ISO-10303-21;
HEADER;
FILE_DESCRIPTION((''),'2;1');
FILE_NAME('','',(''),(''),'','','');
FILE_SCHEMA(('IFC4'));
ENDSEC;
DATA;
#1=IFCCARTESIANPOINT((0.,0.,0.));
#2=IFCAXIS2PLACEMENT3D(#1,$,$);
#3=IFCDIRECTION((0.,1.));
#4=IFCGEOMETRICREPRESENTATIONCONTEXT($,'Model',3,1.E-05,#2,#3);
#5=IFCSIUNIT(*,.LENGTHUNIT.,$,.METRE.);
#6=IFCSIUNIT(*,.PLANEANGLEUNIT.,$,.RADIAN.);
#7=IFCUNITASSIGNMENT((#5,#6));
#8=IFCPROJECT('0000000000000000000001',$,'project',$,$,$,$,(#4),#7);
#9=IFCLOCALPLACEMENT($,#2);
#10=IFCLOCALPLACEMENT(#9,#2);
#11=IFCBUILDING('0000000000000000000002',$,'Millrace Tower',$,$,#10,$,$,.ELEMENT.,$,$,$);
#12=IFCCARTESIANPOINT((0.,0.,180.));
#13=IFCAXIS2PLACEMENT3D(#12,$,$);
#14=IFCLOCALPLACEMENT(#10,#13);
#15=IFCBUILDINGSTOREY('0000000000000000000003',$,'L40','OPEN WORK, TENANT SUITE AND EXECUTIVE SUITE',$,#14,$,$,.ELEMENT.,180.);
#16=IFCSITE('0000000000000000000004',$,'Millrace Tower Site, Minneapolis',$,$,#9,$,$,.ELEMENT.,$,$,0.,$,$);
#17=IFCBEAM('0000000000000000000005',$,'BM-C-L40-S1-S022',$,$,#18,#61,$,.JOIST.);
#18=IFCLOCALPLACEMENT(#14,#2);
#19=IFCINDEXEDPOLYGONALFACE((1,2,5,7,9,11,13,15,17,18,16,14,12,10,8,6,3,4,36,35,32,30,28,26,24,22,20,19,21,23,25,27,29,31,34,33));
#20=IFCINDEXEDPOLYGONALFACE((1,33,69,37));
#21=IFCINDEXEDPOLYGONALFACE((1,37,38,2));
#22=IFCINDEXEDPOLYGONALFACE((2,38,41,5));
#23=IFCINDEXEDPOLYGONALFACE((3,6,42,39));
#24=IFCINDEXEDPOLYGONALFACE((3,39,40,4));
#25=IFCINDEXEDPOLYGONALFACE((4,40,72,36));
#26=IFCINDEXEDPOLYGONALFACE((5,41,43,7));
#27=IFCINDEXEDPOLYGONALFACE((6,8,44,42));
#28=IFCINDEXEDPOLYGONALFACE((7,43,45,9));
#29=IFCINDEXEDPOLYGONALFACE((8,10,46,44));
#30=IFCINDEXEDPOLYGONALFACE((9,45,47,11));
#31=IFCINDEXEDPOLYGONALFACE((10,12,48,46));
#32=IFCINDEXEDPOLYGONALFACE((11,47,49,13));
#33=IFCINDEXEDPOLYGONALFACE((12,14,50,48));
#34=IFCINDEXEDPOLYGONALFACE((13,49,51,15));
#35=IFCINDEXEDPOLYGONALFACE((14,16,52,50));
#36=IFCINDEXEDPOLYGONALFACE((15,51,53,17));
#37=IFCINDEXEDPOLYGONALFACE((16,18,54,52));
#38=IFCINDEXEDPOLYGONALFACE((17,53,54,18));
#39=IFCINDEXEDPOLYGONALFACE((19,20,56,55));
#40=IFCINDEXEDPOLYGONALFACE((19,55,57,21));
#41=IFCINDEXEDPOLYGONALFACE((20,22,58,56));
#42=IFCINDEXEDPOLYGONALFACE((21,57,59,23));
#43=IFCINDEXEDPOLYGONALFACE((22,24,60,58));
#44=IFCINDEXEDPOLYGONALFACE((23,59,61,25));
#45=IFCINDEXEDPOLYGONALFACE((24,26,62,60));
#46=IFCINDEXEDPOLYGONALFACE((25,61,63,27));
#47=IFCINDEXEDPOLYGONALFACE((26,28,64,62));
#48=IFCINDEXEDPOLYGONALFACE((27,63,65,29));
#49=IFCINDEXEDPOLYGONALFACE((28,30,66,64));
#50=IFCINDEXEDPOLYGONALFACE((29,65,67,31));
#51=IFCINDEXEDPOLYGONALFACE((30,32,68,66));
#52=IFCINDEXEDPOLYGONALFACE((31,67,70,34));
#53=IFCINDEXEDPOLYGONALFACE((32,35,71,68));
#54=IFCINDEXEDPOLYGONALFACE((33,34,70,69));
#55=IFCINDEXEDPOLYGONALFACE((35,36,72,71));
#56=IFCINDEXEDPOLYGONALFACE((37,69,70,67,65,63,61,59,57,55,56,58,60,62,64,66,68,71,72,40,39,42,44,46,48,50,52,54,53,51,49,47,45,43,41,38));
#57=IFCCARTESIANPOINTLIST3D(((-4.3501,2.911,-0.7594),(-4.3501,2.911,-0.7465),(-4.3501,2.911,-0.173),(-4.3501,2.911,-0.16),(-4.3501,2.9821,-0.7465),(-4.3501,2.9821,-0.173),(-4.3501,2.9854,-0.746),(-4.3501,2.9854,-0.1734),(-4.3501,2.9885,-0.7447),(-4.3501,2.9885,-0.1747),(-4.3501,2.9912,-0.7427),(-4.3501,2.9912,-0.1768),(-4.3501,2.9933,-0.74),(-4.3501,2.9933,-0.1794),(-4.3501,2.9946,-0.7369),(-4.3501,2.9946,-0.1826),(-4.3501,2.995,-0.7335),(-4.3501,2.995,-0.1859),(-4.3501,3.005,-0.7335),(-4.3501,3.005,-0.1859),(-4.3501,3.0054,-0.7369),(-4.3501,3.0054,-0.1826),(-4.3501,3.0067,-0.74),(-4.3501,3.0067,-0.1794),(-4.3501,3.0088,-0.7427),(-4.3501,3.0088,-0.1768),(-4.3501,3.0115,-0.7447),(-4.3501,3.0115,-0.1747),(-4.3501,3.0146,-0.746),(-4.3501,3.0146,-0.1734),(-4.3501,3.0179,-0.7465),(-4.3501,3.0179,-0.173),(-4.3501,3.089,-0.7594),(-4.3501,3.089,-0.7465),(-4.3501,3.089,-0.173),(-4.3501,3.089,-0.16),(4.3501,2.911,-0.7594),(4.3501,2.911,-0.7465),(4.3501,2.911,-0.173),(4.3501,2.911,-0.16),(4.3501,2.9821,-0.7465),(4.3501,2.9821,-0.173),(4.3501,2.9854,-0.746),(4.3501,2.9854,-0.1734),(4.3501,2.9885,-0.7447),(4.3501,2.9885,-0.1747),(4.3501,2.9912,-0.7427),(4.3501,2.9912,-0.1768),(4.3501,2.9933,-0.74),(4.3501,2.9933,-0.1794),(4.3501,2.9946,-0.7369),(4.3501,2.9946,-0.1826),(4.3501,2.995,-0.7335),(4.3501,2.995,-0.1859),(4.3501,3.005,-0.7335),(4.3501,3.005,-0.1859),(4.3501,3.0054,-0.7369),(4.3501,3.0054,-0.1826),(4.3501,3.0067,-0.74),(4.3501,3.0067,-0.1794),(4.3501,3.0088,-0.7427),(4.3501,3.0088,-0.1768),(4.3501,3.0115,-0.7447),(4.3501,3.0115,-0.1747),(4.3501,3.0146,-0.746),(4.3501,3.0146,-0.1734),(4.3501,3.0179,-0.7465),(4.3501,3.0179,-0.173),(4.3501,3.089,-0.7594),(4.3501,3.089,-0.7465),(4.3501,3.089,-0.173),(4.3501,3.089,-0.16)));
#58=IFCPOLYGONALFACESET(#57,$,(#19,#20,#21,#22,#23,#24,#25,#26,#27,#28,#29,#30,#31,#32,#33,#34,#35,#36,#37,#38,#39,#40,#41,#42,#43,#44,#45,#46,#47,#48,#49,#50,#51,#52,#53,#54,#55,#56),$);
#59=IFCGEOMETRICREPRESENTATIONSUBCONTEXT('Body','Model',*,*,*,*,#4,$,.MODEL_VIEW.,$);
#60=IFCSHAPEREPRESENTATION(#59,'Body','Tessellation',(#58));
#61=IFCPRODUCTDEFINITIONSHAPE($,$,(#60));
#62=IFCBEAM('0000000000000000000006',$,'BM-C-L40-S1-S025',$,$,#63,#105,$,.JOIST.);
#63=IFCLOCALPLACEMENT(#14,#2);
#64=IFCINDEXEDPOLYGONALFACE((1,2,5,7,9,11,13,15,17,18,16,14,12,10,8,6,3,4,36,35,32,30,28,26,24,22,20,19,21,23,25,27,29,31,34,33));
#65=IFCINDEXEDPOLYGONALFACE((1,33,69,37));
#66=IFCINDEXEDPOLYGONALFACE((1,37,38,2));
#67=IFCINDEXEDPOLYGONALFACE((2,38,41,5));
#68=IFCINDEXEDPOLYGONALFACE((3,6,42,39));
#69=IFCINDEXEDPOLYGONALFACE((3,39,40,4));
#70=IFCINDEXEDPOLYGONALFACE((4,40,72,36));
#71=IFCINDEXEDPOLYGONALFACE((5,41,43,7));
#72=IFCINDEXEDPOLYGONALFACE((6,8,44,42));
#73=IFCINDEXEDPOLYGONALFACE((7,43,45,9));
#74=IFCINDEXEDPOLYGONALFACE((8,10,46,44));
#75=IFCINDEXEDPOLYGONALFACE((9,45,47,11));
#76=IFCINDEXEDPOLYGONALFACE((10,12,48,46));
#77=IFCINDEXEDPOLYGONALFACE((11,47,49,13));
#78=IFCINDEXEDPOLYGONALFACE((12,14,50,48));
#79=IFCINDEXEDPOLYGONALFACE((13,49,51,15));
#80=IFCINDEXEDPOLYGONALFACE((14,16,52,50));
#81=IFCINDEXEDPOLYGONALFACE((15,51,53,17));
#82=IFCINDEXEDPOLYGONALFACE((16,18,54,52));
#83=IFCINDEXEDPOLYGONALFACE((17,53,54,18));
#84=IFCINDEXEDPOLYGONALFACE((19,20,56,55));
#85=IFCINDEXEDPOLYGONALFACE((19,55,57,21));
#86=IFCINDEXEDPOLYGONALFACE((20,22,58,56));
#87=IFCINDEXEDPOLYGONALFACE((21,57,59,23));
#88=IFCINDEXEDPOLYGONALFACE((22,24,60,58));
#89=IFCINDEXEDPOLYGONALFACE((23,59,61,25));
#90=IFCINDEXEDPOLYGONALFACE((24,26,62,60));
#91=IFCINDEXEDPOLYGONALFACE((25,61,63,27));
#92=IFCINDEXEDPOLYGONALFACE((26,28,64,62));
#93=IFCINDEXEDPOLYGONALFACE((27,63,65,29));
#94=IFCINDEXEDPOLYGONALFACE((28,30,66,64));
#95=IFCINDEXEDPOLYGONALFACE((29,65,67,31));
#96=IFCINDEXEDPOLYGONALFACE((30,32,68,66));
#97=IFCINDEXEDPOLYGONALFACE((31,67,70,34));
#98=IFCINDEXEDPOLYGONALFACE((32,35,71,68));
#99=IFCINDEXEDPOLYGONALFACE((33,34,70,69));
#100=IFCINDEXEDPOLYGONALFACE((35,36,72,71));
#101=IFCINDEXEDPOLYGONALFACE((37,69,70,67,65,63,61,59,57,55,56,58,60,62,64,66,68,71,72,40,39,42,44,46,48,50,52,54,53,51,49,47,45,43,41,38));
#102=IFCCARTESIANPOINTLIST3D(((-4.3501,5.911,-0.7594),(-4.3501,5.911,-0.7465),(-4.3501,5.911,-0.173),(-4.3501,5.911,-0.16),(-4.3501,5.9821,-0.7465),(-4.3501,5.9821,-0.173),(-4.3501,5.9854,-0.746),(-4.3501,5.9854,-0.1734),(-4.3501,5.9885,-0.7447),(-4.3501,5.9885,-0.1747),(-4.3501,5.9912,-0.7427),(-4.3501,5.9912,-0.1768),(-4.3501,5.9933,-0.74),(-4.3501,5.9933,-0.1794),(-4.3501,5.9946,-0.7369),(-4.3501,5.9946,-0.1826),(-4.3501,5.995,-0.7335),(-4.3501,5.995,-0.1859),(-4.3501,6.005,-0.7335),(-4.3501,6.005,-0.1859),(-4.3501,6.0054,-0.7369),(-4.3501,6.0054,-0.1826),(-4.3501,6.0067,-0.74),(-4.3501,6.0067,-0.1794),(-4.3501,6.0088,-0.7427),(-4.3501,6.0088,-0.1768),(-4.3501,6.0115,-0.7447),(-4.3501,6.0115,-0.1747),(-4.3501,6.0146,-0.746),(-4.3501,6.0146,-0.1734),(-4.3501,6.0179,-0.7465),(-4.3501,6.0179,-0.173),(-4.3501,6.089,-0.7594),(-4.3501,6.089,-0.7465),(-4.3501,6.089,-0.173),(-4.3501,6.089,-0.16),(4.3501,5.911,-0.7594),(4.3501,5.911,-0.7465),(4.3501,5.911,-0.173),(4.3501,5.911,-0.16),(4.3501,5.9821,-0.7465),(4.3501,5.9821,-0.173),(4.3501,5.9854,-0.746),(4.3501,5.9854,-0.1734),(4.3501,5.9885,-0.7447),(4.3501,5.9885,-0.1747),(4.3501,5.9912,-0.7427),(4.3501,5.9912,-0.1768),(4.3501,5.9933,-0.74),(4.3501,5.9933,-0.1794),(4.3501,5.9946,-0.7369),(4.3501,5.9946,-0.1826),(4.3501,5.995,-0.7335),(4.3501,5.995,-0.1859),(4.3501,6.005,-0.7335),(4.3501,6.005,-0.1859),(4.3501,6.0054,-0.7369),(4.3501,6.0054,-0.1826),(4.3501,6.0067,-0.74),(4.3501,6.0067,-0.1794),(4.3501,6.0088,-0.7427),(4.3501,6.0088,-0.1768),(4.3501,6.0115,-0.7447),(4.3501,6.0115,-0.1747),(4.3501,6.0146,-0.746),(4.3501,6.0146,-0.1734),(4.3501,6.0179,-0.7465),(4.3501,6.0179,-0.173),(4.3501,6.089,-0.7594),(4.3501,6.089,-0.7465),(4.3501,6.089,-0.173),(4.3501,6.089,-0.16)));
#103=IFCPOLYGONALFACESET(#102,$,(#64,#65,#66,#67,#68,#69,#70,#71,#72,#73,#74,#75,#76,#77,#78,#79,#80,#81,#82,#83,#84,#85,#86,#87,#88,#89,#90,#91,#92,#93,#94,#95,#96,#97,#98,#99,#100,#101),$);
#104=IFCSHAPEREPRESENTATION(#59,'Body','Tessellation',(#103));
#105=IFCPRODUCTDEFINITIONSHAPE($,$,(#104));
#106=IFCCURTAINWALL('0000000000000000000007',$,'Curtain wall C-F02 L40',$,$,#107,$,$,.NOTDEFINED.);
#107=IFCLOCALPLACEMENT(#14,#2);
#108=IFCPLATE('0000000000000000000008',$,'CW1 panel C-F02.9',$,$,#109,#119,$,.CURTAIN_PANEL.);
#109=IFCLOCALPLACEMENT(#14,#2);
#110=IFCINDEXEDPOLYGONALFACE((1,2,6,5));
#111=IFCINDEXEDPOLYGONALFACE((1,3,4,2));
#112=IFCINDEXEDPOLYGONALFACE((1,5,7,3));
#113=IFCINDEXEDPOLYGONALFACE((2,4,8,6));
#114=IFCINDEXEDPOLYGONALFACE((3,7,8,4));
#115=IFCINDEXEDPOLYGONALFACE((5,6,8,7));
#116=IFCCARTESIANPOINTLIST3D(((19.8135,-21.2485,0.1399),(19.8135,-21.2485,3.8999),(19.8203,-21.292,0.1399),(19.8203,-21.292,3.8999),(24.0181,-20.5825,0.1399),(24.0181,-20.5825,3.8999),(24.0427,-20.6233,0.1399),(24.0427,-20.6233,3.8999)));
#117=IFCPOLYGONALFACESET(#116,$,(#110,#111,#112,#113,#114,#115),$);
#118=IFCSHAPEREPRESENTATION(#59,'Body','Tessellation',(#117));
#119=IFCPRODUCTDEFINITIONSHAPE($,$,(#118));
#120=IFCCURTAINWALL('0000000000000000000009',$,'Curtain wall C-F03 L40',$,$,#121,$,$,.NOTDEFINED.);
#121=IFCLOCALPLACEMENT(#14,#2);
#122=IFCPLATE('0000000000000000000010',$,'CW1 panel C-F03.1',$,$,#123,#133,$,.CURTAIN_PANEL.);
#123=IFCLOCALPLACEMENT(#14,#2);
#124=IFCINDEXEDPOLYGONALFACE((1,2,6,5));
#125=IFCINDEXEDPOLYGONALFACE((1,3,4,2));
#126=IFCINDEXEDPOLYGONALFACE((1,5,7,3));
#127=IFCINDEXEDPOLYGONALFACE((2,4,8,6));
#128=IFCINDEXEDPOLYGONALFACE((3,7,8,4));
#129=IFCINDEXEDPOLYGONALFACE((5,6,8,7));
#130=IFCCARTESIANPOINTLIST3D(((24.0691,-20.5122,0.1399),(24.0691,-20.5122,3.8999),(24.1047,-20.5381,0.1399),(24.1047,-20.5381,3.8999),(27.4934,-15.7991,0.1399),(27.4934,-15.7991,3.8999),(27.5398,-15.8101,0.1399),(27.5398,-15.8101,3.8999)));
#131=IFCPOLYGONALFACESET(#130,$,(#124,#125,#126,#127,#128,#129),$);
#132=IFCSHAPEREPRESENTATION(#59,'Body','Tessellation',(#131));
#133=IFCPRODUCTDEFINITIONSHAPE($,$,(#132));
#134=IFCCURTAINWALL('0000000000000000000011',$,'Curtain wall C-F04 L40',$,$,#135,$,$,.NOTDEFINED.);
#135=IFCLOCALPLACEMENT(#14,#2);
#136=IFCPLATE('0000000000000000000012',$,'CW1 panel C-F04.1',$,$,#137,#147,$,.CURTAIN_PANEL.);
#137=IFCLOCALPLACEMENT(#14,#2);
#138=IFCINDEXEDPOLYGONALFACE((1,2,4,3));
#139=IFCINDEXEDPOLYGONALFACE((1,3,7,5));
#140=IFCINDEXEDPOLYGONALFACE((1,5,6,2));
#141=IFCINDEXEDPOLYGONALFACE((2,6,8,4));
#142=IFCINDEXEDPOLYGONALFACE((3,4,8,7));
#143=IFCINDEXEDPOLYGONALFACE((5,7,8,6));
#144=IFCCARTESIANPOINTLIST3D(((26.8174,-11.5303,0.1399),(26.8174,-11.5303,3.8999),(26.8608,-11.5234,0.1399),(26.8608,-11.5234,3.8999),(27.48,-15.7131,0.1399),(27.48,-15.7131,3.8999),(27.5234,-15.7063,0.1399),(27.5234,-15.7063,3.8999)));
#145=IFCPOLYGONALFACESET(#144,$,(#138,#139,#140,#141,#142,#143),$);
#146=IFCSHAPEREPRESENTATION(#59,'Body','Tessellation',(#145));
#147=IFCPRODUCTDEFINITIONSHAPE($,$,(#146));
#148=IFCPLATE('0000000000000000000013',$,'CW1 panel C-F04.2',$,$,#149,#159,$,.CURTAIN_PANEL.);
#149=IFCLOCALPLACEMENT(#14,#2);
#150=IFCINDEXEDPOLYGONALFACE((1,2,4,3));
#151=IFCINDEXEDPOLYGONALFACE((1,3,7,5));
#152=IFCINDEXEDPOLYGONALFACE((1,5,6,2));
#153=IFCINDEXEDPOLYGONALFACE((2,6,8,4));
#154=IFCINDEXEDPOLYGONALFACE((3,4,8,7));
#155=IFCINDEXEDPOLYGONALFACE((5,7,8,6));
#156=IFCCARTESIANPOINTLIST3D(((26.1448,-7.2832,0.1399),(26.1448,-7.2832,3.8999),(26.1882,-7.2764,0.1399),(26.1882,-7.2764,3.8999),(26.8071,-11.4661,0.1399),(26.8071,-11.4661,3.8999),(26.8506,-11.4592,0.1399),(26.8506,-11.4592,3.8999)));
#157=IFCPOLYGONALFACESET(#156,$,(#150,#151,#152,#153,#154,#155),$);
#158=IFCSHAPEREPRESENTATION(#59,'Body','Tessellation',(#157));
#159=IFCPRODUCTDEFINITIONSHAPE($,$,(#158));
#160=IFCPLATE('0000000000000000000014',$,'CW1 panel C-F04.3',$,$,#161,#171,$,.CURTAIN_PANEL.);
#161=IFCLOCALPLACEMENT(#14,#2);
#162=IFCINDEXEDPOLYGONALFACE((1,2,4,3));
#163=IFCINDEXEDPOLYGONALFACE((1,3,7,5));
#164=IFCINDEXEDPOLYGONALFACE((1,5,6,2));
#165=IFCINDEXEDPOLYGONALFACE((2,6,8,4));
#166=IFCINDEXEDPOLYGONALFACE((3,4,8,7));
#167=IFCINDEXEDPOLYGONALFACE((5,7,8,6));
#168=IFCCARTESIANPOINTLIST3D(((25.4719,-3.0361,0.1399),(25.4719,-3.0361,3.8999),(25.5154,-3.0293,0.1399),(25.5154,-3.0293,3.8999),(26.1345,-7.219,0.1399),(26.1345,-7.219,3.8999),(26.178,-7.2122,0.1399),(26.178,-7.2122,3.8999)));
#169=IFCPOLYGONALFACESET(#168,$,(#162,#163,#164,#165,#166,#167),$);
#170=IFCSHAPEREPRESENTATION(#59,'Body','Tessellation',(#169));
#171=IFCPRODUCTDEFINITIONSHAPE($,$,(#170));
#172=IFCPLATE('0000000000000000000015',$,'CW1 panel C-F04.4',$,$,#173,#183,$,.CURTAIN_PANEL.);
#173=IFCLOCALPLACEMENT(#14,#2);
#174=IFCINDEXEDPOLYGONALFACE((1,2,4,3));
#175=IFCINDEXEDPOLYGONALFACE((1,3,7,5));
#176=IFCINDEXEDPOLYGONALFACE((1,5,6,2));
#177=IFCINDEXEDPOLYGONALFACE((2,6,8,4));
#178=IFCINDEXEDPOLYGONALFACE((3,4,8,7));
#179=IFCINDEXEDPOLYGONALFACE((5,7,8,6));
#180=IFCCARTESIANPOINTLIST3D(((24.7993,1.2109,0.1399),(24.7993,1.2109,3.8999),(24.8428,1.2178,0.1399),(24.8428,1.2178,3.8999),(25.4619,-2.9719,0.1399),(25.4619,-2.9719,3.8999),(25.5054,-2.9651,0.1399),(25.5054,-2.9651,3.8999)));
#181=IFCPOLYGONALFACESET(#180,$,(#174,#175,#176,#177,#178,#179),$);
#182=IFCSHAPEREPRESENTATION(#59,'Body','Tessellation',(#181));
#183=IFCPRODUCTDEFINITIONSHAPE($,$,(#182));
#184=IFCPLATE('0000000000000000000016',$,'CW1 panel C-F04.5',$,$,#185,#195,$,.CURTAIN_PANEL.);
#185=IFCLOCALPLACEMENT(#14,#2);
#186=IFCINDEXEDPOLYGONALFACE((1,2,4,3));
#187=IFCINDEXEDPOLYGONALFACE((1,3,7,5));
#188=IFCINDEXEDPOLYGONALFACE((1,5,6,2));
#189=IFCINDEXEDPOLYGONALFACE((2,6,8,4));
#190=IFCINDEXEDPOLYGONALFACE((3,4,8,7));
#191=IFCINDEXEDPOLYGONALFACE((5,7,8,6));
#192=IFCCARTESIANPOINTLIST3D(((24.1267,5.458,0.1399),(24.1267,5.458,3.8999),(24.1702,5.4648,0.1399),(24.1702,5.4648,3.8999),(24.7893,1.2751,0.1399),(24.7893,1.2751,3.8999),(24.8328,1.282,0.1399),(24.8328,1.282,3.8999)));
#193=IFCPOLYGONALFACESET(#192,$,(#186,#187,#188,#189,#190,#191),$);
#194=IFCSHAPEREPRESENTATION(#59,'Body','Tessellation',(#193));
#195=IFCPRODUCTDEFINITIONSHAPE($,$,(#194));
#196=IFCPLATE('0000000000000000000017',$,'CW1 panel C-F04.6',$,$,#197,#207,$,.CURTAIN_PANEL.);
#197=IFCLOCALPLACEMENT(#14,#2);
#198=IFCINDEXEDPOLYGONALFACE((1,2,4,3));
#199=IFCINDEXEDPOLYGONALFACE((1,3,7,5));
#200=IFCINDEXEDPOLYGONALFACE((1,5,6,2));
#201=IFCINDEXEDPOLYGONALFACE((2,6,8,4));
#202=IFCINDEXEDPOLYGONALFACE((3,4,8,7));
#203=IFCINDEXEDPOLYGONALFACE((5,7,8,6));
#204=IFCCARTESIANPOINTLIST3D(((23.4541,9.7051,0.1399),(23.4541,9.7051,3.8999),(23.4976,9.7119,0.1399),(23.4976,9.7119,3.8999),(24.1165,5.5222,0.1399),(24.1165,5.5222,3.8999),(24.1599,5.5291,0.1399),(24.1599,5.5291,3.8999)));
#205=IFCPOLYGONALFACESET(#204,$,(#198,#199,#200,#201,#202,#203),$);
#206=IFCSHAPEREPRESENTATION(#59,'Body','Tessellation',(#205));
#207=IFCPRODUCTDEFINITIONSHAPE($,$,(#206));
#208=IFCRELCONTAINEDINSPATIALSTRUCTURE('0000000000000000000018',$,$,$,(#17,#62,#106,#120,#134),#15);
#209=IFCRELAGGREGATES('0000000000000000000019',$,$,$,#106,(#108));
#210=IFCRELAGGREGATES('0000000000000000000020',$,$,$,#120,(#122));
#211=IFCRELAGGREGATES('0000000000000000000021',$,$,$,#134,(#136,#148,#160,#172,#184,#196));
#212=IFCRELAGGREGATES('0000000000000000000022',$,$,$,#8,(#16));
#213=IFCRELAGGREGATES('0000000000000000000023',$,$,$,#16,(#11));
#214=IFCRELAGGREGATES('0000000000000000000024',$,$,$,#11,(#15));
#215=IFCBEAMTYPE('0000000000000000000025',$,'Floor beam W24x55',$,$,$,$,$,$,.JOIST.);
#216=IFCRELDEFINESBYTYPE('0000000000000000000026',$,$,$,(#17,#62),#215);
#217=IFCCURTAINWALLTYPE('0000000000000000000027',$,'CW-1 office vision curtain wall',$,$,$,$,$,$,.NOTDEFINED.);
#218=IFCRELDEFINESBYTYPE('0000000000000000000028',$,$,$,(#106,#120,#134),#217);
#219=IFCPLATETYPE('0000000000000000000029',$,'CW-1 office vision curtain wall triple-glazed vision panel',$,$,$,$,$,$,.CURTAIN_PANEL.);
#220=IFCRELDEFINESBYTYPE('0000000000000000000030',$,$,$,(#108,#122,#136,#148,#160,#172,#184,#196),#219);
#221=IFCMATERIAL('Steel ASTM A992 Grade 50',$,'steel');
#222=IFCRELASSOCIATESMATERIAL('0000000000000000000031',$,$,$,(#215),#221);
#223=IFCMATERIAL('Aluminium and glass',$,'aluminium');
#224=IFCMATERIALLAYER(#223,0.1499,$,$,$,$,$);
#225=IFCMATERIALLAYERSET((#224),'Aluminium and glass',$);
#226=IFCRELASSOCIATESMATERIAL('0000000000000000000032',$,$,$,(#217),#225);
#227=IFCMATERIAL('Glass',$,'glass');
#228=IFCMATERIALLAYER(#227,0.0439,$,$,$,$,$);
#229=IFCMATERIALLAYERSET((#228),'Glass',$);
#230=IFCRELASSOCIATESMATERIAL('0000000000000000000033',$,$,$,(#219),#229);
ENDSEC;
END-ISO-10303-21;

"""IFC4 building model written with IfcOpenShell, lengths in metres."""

from ifc_helpers import new_model, si_unit, direction, frame, origin, origin_2d, place, context, subcontext, project, spatial, polyline, i_section, outline, extrude, material, layer, layer_set, material_profile, profile_set, type_object, element, aggregate, save


model = new_model("IFC4")

# Units and contexts
model_context = context("Model", 3, precision=1e-05, world=origin(), true_north=direction((0.0, 1.0)))
body_context = subcontext(model_context, "Body", "Model", "MODEL_VIEW")
ifc_project = project(units=[si_unit("LENGTHUNIT", "METRE"), si_unit("PLANEANGLEUNIT", "RADIAN")], contexts=[model_context])

# Site, building, storey
site_placement = place(None, origin())
site = spatial("IfcSite", under=ifc_project, at=site_placement, Name="Millrace Tower Site, Minneapolis", CompositionType="ELEMENT", RefElevation=0.0)
building_placement = place(site_placement, origin())
building = spatial("IfcBuilding", under=site, at=building_placement, Name="Millrace Tower", CompositionType="ELEMENT")
storey_placement = place(building_placement, frame((0.0, 0.0, 180.0)))
storey = spatial("IfcBuildingStorey", under=building, at=storey_placement, Name="L40", Description="OPEN WORK, TENANT SUITE AND EXECUTIVE SUITE", CompositionType="ELEMENT", Elevation=180.0)

# Beams
ifc_material_1 = material(Name="Steel ASTM A992 Grade 50", Category="steel")
ifc_material_profile = material_profile(ifc_material_1, i_section(OverallWidth=0.178, OverallDepth=0.5994, WebThickness=0.01, FlangeThickness=0.0129, FilletRadius=0.0129, at=origin_2d()))
ifc_profile_set = profile_set([ifc_material_profile], Name="Steel ASTM A992 Grade 50")
beam_type = type_object("IfcBeamType", Name="Floor beam W24x55", PredefinedType="JOIST", material=ifc_profile_set)
for number, where, z_axis, x_axis, name in (
    (1, (-4.3501, 3.0, -0.4597), (1.0, 0.0, 0.0), (0.0, 1.0, 0.0), "BM-C-L40-S1-S022"),
    (2, (-4.3501, 6.0, -0.4597), (1.0, 0.0, 0.0), (0.0, 1.0, 0.0), "BM-C-L40-S1-S025"),
):
    element("IfcBeam", number, at=place(storey_placement, frame(where, z_axis=z_axis, x_axis=x_axis)), inside=storey, type_object=beam_type, Name=name, PredefinedType="JOIST", context=body_context, shape_type="SweptSolid", body=[
        extrude(i_section(OverallWidth=0.178, OverallDepth=0.5994, WebThickness=0.01, FlangeThickness=0.0129, FilletRadius=0.0129, at=origin_2d()), origin(), (0.0, 0.0, 1.0), 8.7002),
    ])

# Curtain walls, plates
ifc_material_2 = material(Name="Aluminium and glass", Category="aluminium")
ifc_layer_1 = layer(ifc_material_2, 0.1499)
ifc_layer_set_1 = layer_set([ifc_layer_1], Name="Aluminium and glass")
curtain_wall_type = type_object("IfcCurtainWallType", Name="CW-1 office vision curtain wall", PredefinedType="NOTDEFINED", material=ifc_layer_set_1)
placement_1 = place(storey_placement, origin())
curtain_wall_1 = element("IfcCurtainWall", 3, at=placement_1, inside=storey, type_object=curtain_wall_type, Name="Curtain wall C-F02 L40", PredefinedType="NOTDEFINED")
ifc_material_3 = material(Name="Glass", Category="glass")
ifc_layer_2 = layer(ifc_material_3, 0.0439)
ifc_layer_set_2 = layer_set([ifc_layer_2], Name="Glass")
plate_type = type_object("IfcPlateType", Name="CW-1 office vision curtain wall triple-glazed vision panel", PredefinedType="CURTAIN_PANEL", material=ifc_layer_set_2)
placement_2 = place(storey_placement, frame((0.0, 0.0, 0.1399)))
plate_1 = element("IfcPlate", 4, at=placement_2, type_object=plate_type, Name="CW1 panel C-F02.9", PredefinedType="CURTAIN_PANEL", context=body_context, shape_type="SweptSolid", body=[
    extrude(outline(polyline([(19.8203, -21.292), (24.0427, -20.6233), (24.0181, -20.5825), (19.8135, -21.2485), (19.8203, -21.292)])), origin(), (0.0, 0.0, 1.0), 3.76),
])
aggregate(curtain_wall_1, [plate_1])
curtain_wall_2 = element("IfcCurtainWall", 5, at=placement_1, inside=storey, type_object=curtain_wall_type, Name="Curtain wall C-F03 L40", PredefinedType="NOTDEFINED")
plate_2 = element("IfcPlate", 6, at=placement_2, type_object=plate_type, Name="CW1 panel C-F03.1", PredefinedType="CURTAIN_PANEL", context=body_context, shape_type="SweptSolid", body=[
    extrude(outline(polyline([(24.1047, -20.5381), (27.5398, -15.8101), (27.4934, -15.7991), (24.0691, -20.5122), (24.1047, -20.5381)])), origin(), (0.0, 0.0, 1.0), 3.76),
])
aggregate(curtain_wall_2, [plate_2])

# Curtain wall, plates
curtain_wall_3 = element("IfcCurtainWall", 7, at=placement_1, inside=storey, type_object=curtain_wall_type, Name="Curtain wall C-F04 L40", PredefinedType="NOTDEFINED")
plate_3 = element("IfcPlate", 8, at=placement_2, type_object=plate_type, Name="CW1 panel C-F04.1", PredefinedType="CURTAIN_PANEL", context=body_context, shape_type="SweptSolid", body=[
    extrude(outline(polyline([(27.5234, -15.7063), (26.8608, -11.5234), (26.8174, -11.5303), (27.48, -15.7131), (27.5234, -15.7063)])), origin(), (0.0, 0.0, 1.0), 3.76),
])
plate_4 = element("IfcPlate", 9, at=placement_2, type_object=plate_type, Name="CW1 panel C-F04.2", PredefinedType="CURTAIN_PANEL", context=body_context, shape_type="SweptSolid", body=[
    extrude(outline(polyline([(26.8506, -11.4592), (26.1882, -7.2764), (26.1448, -7.2832), (26.8071, -11.4661), (26.8506, -11.4592)])), origin(), (0.0, 0.0, 1.0), 3.76),
])
plate_5 = element("IfcPlate", 10, at=placement_2, type_object=plate_type, Name="CW1 panel C-F04.3", PredefinedType="CURTAIN_PANEL", context=body_context, shape_type="SweptSolid", body=[
    extrude(outline(polyline([(26.178, -7.2122), (25.5154, -3.0293), (25.4719, -3.0361), (26.1345, -7.219), (26.178, -7.2122)])), origin(), (0.0, 0.0, 1.0), 3.76),
])
plate_6 = element("IfcPlate", 11, at=placement_2, type_object=plate_type, Name="CW1 panel C-F04.4", PredefinedType="CURTAIN_PANEL", context=body_context, shape_type="SweptSolid", body=[
    extrude(outline(polyline([(25.5054, -2.9651), (24.8428, 1.2178), (24.7993, 1.2109), (25.4619, -2.9719), (25.5054, -2.9651)])), origin(), (0.0, 0.0, 1.0), 3.76),
])
plate_7 = element("IfcPlate", 12, at=placement_2, type_object=plate_type, Name="CW1 panel C-F04.5", PredefinedType="CURTAIN_PANEL", context=body_context, shape_type="SweptSolid", body=[
    extrude(outline(polyline([(24.8328, 1.282), (24.1702, 5.4648), (24.1267, 5.458), (24.7893, 1.2751), (24.8328, 1.282)])), origin(), (0.0, 0.0, 1.0), 3.76),
])
plate_8 = element("IfcPlate", 13, at=placement_2, type_object=plate_type, Name="CW1 panel C-F04.6", PredefinedType="CURTAIN_PANEL", context=body_context, shape_type="SweptSolid", body=[
    extrude(outline(polyline([(24.1599, 5.5291), (23.4976, 9.7119), (23.4541, 9.7051), (24.1165, 5.5222), (24.1599, 5.5291)])), origin(), (0.0, 0.0, 1.0), 3.76),
])
aggregate(curtain_wall_3, [plate_3, plate_4, plate_5, plate_6, plate_7, plate_8])

save(model, "model.ifc")
